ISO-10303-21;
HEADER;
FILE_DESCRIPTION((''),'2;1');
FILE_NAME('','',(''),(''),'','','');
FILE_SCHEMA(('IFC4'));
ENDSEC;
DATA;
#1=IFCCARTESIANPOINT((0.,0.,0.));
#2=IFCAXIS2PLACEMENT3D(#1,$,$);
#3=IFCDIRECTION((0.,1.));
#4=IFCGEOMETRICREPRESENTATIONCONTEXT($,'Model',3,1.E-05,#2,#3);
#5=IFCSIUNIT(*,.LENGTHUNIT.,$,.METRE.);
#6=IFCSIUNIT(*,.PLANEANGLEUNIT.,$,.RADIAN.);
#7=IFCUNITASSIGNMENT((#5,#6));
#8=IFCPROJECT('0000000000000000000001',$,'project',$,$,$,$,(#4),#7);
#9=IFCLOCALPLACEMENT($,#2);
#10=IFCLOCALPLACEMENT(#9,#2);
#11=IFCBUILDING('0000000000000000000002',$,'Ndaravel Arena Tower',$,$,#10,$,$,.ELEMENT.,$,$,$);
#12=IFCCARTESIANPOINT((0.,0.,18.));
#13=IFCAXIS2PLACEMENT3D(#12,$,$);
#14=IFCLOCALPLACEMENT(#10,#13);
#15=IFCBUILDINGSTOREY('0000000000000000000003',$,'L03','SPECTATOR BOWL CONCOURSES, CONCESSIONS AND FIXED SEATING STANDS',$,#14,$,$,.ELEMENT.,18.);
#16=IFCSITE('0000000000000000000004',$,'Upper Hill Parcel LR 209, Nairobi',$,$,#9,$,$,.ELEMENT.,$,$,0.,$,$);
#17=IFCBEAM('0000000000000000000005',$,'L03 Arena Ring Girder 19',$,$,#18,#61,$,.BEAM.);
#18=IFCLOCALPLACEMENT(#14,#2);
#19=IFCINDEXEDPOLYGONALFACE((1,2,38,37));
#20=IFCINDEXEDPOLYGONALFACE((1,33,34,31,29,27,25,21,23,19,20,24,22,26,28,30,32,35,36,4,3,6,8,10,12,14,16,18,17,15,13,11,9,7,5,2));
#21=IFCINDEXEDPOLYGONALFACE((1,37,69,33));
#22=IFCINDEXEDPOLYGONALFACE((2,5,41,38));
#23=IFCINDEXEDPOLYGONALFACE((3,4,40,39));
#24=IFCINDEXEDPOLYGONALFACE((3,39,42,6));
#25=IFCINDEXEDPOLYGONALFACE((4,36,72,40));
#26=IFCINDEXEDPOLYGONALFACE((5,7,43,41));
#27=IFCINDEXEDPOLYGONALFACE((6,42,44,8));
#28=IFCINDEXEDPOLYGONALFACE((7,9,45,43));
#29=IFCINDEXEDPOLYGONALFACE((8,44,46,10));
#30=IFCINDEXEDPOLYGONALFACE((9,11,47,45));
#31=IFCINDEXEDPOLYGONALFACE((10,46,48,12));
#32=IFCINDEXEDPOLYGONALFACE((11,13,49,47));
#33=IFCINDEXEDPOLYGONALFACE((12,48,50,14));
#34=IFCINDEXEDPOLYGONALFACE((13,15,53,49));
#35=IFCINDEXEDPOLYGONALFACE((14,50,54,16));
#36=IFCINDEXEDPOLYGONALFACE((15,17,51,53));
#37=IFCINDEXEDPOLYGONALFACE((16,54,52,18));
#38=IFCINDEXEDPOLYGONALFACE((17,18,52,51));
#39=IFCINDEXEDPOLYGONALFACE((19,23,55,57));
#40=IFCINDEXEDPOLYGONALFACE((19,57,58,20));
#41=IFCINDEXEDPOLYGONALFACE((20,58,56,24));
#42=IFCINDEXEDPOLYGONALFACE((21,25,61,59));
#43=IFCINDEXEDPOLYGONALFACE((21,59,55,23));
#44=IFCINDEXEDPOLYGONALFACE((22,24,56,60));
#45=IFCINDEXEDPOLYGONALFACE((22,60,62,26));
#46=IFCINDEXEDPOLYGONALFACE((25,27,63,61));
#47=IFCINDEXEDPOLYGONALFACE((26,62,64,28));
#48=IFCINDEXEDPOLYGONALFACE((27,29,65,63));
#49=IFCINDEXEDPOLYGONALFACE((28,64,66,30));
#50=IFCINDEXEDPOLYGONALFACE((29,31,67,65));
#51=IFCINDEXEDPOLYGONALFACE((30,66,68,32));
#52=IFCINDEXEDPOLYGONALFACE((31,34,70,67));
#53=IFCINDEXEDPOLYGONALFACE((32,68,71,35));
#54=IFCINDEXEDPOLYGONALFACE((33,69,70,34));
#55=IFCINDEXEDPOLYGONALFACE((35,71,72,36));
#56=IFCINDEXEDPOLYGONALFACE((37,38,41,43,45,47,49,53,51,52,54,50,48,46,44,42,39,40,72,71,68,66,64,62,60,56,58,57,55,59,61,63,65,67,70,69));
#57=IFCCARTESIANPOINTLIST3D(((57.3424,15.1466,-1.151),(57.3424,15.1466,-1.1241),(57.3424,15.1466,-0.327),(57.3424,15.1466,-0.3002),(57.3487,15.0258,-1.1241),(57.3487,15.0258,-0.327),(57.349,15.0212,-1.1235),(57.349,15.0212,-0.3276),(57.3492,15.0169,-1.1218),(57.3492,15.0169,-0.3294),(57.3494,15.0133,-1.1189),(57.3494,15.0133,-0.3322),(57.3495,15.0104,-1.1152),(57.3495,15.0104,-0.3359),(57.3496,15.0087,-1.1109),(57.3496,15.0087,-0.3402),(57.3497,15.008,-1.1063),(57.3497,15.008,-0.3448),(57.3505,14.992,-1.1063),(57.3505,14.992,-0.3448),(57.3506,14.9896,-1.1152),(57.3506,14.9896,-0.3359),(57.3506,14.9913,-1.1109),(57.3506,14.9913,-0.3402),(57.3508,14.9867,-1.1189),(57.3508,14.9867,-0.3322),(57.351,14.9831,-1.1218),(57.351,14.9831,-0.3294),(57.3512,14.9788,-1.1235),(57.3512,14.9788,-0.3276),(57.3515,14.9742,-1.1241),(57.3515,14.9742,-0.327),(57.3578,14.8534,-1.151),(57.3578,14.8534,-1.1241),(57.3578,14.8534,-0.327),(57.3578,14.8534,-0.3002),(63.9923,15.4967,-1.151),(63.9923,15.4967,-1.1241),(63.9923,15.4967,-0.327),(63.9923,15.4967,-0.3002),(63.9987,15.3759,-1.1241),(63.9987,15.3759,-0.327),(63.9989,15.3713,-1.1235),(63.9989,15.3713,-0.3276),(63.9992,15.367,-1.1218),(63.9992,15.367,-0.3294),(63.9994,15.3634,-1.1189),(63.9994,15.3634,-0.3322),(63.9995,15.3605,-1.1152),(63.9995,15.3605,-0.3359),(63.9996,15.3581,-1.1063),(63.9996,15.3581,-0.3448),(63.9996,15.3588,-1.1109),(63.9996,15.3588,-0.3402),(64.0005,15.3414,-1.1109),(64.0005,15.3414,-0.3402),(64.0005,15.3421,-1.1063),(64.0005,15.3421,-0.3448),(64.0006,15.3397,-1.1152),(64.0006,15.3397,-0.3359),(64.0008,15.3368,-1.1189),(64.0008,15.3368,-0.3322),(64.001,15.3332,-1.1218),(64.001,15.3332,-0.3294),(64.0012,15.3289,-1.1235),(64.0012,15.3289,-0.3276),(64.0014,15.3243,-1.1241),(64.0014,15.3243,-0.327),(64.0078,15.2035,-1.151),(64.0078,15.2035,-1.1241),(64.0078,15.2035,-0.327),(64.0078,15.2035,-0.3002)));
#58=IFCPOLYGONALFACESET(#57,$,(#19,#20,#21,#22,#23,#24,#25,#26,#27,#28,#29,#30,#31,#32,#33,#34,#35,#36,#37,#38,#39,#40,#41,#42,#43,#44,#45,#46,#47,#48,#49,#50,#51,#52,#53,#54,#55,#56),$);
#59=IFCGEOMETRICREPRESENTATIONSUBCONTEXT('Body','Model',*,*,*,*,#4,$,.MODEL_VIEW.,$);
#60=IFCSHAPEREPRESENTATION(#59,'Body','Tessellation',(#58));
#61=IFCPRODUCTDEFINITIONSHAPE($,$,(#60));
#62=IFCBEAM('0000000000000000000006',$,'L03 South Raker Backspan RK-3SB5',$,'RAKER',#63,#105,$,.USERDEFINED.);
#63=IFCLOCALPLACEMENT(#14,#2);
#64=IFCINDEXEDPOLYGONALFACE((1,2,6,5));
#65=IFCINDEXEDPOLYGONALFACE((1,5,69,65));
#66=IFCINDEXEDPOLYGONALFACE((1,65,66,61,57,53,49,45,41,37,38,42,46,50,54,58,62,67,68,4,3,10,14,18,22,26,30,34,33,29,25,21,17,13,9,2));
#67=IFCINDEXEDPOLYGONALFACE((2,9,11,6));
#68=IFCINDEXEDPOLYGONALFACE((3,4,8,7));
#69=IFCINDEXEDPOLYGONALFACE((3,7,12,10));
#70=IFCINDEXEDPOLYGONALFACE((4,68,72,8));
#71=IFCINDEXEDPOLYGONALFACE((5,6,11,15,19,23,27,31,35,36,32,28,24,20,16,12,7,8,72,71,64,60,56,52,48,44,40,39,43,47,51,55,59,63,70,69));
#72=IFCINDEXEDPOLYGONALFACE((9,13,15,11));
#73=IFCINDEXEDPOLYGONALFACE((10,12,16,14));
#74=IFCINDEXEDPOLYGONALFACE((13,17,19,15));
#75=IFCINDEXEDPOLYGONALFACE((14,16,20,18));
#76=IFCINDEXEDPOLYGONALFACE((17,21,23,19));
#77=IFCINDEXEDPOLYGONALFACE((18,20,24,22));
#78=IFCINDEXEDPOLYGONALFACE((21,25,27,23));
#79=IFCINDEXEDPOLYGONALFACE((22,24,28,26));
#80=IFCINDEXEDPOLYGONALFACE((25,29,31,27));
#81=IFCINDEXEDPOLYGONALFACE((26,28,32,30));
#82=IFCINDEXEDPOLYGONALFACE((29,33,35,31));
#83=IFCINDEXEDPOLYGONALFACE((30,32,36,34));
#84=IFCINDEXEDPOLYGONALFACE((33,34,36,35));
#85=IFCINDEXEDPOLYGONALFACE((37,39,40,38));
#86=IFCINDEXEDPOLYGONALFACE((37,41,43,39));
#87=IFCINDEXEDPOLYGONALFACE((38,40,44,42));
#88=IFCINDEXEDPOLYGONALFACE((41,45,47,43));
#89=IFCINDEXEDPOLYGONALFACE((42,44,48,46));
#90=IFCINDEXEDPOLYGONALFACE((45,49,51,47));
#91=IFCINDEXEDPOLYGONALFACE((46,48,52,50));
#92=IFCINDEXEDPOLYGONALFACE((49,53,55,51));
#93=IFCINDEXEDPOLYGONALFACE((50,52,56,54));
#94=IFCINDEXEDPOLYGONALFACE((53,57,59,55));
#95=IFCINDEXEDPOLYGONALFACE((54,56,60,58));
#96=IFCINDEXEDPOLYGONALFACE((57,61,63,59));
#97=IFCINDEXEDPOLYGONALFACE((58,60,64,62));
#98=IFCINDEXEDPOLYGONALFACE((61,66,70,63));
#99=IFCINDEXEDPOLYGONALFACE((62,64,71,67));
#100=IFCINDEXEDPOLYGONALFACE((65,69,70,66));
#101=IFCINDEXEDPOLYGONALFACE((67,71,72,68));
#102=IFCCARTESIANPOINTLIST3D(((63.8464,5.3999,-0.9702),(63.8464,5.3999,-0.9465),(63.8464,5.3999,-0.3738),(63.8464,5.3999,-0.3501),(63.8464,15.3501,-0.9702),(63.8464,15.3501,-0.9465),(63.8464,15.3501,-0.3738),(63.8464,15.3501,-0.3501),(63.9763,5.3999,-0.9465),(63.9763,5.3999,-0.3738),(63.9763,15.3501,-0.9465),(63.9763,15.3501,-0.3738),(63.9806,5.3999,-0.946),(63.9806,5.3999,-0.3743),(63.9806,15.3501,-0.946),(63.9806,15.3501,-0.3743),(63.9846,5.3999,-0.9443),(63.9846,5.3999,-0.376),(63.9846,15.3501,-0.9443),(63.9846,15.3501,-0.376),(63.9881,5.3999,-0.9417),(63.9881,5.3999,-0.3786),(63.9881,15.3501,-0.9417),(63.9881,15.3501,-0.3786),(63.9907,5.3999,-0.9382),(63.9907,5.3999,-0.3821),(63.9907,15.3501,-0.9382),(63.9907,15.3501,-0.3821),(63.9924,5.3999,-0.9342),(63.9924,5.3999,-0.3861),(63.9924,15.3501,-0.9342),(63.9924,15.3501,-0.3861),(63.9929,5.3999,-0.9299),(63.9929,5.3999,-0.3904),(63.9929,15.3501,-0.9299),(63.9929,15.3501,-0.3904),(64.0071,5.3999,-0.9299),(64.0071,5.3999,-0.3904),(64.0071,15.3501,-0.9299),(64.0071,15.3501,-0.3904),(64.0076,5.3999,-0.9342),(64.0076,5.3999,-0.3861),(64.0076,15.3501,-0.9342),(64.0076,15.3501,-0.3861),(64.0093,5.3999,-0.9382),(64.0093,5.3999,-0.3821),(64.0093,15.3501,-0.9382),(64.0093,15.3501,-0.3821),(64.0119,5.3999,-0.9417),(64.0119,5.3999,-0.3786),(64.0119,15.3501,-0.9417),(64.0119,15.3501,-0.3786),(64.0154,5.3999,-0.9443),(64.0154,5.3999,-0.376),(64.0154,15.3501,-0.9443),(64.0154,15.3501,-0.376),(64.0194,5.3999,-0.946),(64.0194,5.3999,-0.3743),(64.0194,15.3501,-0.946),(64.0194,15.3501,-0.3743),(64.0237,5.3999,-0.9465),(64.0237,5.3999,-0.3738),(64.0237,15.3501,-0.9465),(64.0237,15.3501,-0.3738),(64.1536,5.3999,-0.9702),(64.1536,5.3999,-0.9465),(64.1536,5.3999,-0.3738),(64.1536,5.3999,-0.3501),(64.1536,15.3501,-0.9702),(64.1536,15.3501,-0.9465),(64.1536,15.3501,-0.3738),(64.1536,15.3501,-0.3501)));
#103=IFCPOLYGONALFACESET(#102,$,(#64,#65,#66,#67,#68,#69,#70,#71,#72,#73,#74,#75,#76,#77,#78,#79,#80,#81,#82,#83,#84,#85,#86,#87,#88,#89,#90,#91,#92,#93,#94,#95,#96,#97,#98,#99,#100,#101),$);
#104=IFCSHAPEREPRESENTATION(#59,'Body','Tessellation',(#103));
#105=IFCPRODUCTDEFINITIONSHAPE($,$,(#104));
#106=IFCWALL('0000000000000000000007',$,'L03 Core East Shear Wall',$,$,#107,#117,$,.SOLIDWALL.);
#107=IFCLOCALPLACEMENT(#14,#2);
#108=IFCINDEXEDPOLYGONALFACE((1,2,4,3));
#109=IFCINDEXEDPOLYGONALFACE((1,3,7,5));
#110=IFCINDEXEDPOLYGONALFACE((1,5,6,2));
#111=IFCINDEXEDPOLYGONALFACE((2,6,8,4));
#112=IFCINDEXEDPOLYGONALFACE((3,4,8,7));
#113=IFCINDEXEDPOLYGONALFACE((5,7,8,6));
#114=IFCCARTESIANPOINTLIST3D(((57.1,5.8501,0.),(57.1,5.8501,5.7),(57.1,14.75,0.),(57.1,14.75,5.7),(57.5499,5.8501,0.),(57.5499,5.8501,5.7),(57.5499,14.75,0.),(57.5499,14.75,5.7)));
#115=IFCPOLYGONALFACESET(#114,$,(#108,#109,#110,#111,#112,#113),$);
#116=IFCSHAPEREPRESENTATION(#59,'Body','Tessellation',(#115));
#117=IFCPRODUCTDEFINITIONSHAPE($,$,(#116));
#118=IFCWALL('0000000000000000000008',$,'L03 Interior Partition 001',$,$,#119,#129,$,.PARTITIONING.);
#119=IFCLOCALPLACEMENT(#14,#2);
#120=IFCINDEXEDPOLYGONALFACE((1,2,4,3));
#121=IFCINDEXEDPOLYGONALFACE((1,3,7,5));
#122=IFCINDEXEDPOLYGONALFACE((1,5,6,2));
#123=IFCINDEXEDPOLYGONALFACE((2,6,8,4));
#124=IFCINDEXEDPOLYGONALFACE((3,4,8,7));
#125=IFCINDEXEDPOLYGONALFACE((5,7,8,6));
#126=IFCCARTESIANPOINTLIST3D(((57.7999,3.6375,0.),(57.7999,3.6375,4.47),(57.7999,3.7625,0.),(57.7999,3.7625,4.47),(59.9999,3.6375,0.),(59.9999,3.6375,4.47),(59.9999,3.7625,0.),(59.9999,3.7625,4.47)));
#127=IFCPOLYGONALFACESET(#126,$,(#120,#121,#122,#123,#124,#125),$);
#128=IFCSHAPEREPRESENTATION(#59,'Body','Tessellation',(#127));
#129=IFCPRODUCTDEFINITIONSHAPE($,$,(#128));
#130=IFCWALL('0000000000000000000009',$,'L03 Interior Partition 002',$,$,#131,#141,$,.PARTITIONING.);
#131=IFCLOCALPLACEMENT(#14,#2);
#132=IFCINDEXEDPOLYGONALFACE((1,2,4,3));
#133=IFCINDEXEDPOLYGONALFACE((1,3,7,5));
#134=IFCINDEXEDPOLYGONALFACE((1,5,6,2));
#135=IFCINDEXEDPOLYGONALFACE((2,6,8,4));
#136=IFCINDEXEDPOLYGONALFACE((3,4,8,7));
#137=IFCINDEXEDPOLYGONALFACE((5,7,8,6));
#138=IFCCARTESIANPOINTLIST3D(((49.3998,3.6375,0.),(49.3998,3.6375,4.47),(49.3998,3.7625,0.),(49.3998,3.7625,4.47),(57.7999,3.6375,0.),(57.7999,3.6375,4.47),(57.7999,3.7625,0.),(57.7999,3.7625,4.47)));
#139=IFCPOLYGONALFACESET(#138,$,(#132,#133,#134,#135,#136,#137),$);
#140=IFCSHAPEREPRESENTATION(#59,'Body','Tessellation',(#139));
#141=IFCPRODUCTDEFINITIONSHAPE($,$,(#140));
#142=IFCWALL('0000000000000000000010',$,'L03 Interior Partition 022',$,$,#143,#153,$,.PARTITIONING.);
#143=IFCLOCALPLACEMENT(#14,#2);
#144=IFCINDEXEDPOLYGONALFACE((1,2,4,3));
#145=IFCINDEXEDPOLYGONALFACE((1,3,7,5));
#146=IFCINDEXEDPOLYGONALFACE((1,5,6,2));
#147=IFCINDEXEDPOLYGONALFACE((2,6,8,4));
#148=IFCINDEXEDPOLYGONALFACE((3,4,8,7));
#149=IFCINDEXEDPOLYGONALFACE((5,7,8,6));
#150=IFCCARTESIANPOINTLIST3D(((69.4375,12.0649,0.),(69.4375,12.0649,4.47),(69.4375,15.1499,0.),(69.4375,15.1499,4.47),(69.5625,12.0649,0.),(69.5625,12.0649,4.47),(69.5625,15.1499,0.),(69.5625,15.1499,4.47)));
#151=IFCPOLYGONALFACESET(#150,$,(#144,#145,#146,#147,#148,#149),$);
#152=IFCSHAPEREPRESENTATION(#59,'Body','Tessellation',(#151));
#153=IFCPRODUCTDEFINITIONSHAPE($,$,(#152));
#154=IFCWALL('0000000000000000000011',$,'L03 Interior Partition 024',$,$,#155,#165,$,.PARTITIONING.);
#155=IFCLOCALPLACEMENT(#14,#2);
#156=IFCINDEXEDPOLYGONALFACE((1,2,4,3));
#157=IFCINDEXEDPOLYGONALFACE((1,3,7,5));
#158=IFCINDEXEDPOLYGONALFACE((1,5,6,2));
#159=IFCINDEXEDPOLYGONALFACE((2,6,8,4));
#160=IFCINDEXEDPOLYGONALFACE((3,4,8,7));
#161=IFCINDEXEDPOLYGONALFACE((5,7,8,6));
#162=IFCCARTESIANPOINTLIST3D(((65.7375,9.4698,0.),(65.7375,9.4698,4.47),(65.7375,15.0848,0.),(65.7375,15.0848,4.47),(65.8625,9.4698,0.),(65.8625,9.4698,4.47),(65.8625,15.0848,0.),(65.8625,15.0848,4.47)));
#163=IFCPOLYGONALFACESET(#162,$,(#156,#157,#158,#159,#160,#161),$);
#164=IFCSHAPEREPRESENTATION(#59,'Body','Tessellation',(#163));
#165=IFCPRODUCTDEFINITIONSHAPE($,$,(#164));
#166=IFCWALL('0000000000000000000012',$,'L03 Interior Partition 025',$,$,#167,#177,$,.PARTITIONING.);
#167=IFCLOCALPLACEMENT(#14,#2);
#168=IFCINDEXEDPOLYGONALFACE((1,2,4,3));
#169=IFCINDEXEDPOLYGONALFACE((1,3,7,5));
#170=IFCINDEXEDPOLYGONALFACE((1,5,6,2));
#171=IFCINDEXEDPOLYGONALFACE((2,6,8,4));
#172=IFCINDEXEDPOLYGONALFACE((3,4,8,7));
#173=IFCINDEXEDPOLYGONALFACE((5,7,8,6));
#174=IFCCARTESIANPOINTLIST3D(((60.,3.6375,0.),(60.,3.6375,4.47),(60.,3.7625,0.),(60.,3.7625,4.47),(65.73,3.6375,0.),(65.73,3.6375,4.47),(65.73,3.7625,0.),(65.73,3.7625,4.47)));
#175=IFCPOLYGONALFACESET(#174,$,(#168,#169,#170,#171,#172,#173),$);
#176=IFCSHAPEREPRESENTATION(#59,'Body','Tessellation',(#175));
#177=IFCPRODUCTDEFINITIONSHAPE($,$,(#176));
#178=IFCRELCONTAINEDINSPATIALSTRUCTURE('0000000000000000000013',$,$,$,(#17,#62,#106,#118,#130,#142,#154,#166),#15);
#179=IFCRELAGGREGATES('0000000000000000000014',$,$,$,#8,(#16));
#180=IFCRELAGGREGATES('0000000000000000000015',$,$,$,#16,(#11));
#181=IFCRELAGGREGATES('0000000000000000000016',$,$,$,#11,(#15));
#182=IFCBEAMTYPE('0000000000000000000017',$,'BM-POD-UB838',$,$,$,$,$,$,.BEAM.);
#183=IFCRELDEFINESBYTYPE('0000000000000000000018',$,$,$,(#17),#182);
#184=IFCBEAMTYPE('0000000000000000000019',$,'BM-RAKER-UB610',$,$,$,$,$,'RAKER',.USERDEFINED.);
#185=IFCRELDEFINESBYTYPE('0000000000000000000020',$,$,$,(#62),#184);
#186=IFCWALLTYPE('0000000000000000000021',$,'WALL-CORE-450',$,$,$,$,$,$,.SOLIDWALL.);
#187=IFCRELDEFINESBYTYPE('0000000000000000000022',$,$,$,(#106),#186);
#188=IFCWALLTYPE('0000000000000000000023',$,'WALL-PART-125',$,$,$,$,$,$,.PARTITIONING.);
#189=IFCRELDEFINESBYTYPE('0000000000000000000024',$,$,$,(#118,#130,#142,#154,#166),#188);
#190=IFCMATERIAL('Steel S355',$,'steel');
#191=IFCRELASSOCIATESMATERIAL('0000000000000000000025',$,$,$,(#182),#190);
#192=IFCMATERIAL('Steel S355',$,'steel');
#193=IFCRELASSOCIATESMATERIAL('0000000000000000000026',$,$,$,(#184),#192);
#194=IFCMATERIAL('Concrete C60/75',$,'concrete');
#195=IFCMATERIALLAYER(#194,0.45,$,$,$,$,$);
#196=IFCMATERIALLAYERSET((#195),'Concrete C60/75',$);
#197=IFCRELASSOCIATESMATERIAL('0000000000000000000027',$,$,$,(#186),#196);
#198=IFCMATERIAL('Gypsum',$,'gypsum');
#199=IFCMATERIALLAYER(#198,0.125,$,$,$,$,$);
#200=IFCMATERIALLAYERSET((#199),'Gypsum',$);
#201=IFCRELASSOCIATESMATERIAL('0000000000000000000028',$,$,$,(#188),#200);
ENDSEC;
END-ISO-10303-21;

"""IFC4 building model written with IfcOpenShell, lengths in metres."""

from ifc_helpers import new_model, si_unit, direction, frame, frame_2d, origin, origin_2d, place, context, subcontext, project, spatial, rectangle, i_section, extrude, material, layer, layer_set, material_profile, profile_set, type_object, element, save


model = new_model("IFC4")

# Units and contexts
model_context = context("Model", 3, precision=1e-05, world=origin(), true_north=direction((0.0, 1.0)))
body_context = subcontext(model_context, "Body", "Model", "MODEL_VIEW")
ifc_project = project(units=[si_unit("LENGTHUNIT", "METRE"), si_unit("PLANEANGLEUNIT", "RADIAN")], contexts=[model_context])

# Site, building, storey
site_placement = place(None, origin())
site = spatial("IfcSite", under=ifc_project, at=site_placement, Name="Upper Hill Parcel LR 209, Nairobi", CompositionType="ELEMENT", RefElevation=0.0)
building_placement = place(site_placement, origin())
building = spatial("IfcBuilding", under=site, at=building_placement, Name="Ndaravel Arena Tower", CompositionType="ELEMENT")
storey_placement = place(building_placement, frame((0.0, 0.0, 18.0)))
storey = spatial("IfcBuildingStorey", under=building, at=storey_placement, Name="L03", Description="SPECTATOR BOWL CONCOURSES, CONCESSIONS AND FIXED SEATING STANDS", CompositionType="ELEMENT", Elevation=18.0)

# Beams
ifc_material_1 = material(Name="Steel S355", Category="steel")
ifc_material_profile_1 = material_profile(ifc_material_1, i_section(OverallWidth=0.2937, OverallDepth=0.8508, WebThickness=0.0161, FlangeThickness=0.0269, FilletRadius=0.0178, at=origin_2d()), Name="UB 838x292x226")
ifc_profile_set_1 = profile_set([ifc_material_profile_1], Name="Steel S355")
beam_type_1 = type_object("IfcBeamType", Name="BM-POD-UB838", PredefinedType="BEAM", material=ifc_profile_set_1)
beam_1_placement = place(storey_placement, frame((57.3501, 15.0, -0.7256), z_axis=(0.998617, 0.052574, 0.0), x_axis=(-0.052574, 0.998617, 0.0)))
element("IfcBeam", 1, at=beam_1_placement, inside=storey, type_object=beam_type_1, Name="L03 Arena Ring Girder 19", PredefinedType="BEAM", context=body_context, shape_type="SweptSolid", body=[
    extrude(i_section(OverallWidth=0.2937, OverallDepth=0.8508, WebThickness=0.0161, FlangeThickness=0.0269, FilletRadius=0.0178, at=origin_2d()), origin(), (0.0, 0.0, 1.0), 6.6592),
])
ifc_material_2 = material(Name="Steel S355", Category="steel")
ifc_material_profile_2 = material_profile(ifc_material_2, i_section(OverallWidth=0.3071, OverallDepth=0.6201, WebThickness=0.0142, FlangeThickness=0.0237, FilletRadius=0.0166, at=origin_2d()), Name="UB 610x305x179")
ifc_profile_set_2 = profile_set([ifc_material_profile_2], Name="Steel S355")
beam_type_2 = type_object("IfcBeamType", Name="BM-RAKER-UB610", ElementType="RAKER", PredefinedType="USERDEFINED", material=ifc_profile_set_2)
beam_2_placement = place(storey_placement, frame((64.0, 5.3999, -0.6602), z_axis=(0.0, 1.0, 0.0), x_axis=(-1.0, 0.0, 0.0)))
element("IfcBeam", 2, at=beam_2_placement, inside=storey, type_object=beam_type_2, Name="L03 South Raker Backspan RK-3SB5", ObjectType="RAKER", PredefinedType="USERDEFINED", context=body_context, shape_type="SweptSolid", body=[
    extrude(i_section(OverallWidth=0.3071, OverallDepth=0.6201, WebThickness=0.0142, FlangeThickness=0.0237, FilletRadius=0.0166, at=origin_2d()), origin(), (0.0, 0.0, 1.0), 9.9502),
])

# Walls
ifc_material_3 = material(Name="Concrete C60/75", Category="concrete")
ifc_layer_1 = layer(ifc_material_3, 0.45)
ifc_layer_set_1 = layer_set([ifc_layer_1], Name="Concrete C60/75")
wall_type_1 = type_object("IfcWallType", Name="WALL-CORE-450", PredefinedType="SOLIDWALL", material=ifc_layer_set_1)
wall_1_placement = place(storey_placement, frame((57.325, 5.8501, 0.0), z_axis=(0.0, 0.0, 1.0), x_axis=(0.0, 1.0, 0.0)))
element("IfcWall", 3, at=wall_1_placement, inside=storey, type_object=wall_type_1, Name="L03 Core East Shear Wall", PredefinedType="SOLIDWALL", context=body_context, shape_type="SweptSolid", body=[
    extrude(rectangle(XDim=8.8999, YDim=0.45, at=frame_2d((4.45, 0.0))), origin(), (0.0, 0.0, 1.0), 5.7),
])
ifc_material_4 = material(Name="Gypsum", Category="gypsum")
ifc_layer_2 = layer(ifc_material_4, 0.125)
ifc_layer_set_2 = layer_set([ifc_layer_2], Name="Gypsum")
wall_type_2 = type_object("IfcWallType", Name="WALL-PART-125", PredefinedType="PARTITIONING", material=ifc_layer_set_2)
wall_2_placement = place(storey_placement, frame((60.0, 3.7, 0.0), z_axis=(0.0, 0.0, 1.0), x_axis=(-1.0, 0.0, 0.0)))
element("IfcWall", 4, at=wall_2_placement, inside=storey, type_object=wall_type_2, Name="L03 Interior Partition 001", PredefinedType="PARTITIONING", context=body_context, shape_type="SweptSolid", body=[
    extrude(rectangle(XDim=2.2, YDim=0.125, at=frame_2d((1.1001, 0.0))), origin(), (0.0, 0.0, 1.0), 4.47),
])
wall_3_placement = place(storey_placement, frame((57.8, 3.7, 0.0), z_axis=(0.0, 0.0, 1.0), x_axis=(-1.0, 0.0, 0.0)))
element("IfcWall", 5, at=wall_3_placement, inside=storey, type_object=wall_type_2, Name="L03 Interior Partition 002", PredefinedType="PARTITIONING", context=body_context, shape_type="SweptSolid", body=[
    extrude(rectangle(XDim=8.4001, YDim=0.125, at=frame_2d((4.2002, 0.0))), origin(), (0.0, 0.0, 1.0), 4.47),
])
wall_4_placement = place(storey_placement, frame((69.5, 12.0649, 0.0), z_axis=(0.0, 0.0, 1.0), x_axis=(0.0, 1.0, 0.0)))
element("IfcWall", 6, at=wall_4_placement, inside=storey, type_object=wall_type_2, Name="L03 Interior Partition 022", PredefinedType="PARTITIONING", context=body_context, shape_type="SweptSolid", body=[
    extrude(rectangle(XDim=3.085, YDim=0.125, at=frame_2d((1.5425, 0.0))), origin(), (0.0, 0.0, 1.0), 4.47),
])
wall_5_placement = place(storey_placement, frame((65.8, 15.085, 0.0), z_axis=(0.0, 0.0, 1.0), x_axis=(0.0, -1.0, 0.0)))
element("IfcWall", 7, at=wall_5_placement, inside=storey, type_object=wall_type_2, Name="L03 Interior Partition 024", PredefinedType="PARTITIONING", context=body_context, shape_type="SweptSolid", body=[
    extrude(rectangle(XDim=5.615, YDim=0.125, at=frame_2d((2.8076, 0.0))), origin(), (0.0, 0.0, 1.0), 4.47),
])
wall_6_placement = place(storey_placement, frame((65.73, 3.7, 0.0), z_axis=(0.0, 0.0, 1.0), x_axis=(-1.0, 0.0, 0.0)))
element("IfcWall", 8, at=wall_6_placement, inside=storey, type_object=wall_type_2, Name="L03 Interior Partition 025", PredefinedType="PARTITIONING", context=body_context, shape_type="SweptSolid", body=[
    extrude(rectangle(XDim=5.73, YDim=0.125, at=frame_2d((2.865, 0.0))), origin(), (0.0, 0.0, 1.0), 4.47),
])

save(model, "model.ifc")
